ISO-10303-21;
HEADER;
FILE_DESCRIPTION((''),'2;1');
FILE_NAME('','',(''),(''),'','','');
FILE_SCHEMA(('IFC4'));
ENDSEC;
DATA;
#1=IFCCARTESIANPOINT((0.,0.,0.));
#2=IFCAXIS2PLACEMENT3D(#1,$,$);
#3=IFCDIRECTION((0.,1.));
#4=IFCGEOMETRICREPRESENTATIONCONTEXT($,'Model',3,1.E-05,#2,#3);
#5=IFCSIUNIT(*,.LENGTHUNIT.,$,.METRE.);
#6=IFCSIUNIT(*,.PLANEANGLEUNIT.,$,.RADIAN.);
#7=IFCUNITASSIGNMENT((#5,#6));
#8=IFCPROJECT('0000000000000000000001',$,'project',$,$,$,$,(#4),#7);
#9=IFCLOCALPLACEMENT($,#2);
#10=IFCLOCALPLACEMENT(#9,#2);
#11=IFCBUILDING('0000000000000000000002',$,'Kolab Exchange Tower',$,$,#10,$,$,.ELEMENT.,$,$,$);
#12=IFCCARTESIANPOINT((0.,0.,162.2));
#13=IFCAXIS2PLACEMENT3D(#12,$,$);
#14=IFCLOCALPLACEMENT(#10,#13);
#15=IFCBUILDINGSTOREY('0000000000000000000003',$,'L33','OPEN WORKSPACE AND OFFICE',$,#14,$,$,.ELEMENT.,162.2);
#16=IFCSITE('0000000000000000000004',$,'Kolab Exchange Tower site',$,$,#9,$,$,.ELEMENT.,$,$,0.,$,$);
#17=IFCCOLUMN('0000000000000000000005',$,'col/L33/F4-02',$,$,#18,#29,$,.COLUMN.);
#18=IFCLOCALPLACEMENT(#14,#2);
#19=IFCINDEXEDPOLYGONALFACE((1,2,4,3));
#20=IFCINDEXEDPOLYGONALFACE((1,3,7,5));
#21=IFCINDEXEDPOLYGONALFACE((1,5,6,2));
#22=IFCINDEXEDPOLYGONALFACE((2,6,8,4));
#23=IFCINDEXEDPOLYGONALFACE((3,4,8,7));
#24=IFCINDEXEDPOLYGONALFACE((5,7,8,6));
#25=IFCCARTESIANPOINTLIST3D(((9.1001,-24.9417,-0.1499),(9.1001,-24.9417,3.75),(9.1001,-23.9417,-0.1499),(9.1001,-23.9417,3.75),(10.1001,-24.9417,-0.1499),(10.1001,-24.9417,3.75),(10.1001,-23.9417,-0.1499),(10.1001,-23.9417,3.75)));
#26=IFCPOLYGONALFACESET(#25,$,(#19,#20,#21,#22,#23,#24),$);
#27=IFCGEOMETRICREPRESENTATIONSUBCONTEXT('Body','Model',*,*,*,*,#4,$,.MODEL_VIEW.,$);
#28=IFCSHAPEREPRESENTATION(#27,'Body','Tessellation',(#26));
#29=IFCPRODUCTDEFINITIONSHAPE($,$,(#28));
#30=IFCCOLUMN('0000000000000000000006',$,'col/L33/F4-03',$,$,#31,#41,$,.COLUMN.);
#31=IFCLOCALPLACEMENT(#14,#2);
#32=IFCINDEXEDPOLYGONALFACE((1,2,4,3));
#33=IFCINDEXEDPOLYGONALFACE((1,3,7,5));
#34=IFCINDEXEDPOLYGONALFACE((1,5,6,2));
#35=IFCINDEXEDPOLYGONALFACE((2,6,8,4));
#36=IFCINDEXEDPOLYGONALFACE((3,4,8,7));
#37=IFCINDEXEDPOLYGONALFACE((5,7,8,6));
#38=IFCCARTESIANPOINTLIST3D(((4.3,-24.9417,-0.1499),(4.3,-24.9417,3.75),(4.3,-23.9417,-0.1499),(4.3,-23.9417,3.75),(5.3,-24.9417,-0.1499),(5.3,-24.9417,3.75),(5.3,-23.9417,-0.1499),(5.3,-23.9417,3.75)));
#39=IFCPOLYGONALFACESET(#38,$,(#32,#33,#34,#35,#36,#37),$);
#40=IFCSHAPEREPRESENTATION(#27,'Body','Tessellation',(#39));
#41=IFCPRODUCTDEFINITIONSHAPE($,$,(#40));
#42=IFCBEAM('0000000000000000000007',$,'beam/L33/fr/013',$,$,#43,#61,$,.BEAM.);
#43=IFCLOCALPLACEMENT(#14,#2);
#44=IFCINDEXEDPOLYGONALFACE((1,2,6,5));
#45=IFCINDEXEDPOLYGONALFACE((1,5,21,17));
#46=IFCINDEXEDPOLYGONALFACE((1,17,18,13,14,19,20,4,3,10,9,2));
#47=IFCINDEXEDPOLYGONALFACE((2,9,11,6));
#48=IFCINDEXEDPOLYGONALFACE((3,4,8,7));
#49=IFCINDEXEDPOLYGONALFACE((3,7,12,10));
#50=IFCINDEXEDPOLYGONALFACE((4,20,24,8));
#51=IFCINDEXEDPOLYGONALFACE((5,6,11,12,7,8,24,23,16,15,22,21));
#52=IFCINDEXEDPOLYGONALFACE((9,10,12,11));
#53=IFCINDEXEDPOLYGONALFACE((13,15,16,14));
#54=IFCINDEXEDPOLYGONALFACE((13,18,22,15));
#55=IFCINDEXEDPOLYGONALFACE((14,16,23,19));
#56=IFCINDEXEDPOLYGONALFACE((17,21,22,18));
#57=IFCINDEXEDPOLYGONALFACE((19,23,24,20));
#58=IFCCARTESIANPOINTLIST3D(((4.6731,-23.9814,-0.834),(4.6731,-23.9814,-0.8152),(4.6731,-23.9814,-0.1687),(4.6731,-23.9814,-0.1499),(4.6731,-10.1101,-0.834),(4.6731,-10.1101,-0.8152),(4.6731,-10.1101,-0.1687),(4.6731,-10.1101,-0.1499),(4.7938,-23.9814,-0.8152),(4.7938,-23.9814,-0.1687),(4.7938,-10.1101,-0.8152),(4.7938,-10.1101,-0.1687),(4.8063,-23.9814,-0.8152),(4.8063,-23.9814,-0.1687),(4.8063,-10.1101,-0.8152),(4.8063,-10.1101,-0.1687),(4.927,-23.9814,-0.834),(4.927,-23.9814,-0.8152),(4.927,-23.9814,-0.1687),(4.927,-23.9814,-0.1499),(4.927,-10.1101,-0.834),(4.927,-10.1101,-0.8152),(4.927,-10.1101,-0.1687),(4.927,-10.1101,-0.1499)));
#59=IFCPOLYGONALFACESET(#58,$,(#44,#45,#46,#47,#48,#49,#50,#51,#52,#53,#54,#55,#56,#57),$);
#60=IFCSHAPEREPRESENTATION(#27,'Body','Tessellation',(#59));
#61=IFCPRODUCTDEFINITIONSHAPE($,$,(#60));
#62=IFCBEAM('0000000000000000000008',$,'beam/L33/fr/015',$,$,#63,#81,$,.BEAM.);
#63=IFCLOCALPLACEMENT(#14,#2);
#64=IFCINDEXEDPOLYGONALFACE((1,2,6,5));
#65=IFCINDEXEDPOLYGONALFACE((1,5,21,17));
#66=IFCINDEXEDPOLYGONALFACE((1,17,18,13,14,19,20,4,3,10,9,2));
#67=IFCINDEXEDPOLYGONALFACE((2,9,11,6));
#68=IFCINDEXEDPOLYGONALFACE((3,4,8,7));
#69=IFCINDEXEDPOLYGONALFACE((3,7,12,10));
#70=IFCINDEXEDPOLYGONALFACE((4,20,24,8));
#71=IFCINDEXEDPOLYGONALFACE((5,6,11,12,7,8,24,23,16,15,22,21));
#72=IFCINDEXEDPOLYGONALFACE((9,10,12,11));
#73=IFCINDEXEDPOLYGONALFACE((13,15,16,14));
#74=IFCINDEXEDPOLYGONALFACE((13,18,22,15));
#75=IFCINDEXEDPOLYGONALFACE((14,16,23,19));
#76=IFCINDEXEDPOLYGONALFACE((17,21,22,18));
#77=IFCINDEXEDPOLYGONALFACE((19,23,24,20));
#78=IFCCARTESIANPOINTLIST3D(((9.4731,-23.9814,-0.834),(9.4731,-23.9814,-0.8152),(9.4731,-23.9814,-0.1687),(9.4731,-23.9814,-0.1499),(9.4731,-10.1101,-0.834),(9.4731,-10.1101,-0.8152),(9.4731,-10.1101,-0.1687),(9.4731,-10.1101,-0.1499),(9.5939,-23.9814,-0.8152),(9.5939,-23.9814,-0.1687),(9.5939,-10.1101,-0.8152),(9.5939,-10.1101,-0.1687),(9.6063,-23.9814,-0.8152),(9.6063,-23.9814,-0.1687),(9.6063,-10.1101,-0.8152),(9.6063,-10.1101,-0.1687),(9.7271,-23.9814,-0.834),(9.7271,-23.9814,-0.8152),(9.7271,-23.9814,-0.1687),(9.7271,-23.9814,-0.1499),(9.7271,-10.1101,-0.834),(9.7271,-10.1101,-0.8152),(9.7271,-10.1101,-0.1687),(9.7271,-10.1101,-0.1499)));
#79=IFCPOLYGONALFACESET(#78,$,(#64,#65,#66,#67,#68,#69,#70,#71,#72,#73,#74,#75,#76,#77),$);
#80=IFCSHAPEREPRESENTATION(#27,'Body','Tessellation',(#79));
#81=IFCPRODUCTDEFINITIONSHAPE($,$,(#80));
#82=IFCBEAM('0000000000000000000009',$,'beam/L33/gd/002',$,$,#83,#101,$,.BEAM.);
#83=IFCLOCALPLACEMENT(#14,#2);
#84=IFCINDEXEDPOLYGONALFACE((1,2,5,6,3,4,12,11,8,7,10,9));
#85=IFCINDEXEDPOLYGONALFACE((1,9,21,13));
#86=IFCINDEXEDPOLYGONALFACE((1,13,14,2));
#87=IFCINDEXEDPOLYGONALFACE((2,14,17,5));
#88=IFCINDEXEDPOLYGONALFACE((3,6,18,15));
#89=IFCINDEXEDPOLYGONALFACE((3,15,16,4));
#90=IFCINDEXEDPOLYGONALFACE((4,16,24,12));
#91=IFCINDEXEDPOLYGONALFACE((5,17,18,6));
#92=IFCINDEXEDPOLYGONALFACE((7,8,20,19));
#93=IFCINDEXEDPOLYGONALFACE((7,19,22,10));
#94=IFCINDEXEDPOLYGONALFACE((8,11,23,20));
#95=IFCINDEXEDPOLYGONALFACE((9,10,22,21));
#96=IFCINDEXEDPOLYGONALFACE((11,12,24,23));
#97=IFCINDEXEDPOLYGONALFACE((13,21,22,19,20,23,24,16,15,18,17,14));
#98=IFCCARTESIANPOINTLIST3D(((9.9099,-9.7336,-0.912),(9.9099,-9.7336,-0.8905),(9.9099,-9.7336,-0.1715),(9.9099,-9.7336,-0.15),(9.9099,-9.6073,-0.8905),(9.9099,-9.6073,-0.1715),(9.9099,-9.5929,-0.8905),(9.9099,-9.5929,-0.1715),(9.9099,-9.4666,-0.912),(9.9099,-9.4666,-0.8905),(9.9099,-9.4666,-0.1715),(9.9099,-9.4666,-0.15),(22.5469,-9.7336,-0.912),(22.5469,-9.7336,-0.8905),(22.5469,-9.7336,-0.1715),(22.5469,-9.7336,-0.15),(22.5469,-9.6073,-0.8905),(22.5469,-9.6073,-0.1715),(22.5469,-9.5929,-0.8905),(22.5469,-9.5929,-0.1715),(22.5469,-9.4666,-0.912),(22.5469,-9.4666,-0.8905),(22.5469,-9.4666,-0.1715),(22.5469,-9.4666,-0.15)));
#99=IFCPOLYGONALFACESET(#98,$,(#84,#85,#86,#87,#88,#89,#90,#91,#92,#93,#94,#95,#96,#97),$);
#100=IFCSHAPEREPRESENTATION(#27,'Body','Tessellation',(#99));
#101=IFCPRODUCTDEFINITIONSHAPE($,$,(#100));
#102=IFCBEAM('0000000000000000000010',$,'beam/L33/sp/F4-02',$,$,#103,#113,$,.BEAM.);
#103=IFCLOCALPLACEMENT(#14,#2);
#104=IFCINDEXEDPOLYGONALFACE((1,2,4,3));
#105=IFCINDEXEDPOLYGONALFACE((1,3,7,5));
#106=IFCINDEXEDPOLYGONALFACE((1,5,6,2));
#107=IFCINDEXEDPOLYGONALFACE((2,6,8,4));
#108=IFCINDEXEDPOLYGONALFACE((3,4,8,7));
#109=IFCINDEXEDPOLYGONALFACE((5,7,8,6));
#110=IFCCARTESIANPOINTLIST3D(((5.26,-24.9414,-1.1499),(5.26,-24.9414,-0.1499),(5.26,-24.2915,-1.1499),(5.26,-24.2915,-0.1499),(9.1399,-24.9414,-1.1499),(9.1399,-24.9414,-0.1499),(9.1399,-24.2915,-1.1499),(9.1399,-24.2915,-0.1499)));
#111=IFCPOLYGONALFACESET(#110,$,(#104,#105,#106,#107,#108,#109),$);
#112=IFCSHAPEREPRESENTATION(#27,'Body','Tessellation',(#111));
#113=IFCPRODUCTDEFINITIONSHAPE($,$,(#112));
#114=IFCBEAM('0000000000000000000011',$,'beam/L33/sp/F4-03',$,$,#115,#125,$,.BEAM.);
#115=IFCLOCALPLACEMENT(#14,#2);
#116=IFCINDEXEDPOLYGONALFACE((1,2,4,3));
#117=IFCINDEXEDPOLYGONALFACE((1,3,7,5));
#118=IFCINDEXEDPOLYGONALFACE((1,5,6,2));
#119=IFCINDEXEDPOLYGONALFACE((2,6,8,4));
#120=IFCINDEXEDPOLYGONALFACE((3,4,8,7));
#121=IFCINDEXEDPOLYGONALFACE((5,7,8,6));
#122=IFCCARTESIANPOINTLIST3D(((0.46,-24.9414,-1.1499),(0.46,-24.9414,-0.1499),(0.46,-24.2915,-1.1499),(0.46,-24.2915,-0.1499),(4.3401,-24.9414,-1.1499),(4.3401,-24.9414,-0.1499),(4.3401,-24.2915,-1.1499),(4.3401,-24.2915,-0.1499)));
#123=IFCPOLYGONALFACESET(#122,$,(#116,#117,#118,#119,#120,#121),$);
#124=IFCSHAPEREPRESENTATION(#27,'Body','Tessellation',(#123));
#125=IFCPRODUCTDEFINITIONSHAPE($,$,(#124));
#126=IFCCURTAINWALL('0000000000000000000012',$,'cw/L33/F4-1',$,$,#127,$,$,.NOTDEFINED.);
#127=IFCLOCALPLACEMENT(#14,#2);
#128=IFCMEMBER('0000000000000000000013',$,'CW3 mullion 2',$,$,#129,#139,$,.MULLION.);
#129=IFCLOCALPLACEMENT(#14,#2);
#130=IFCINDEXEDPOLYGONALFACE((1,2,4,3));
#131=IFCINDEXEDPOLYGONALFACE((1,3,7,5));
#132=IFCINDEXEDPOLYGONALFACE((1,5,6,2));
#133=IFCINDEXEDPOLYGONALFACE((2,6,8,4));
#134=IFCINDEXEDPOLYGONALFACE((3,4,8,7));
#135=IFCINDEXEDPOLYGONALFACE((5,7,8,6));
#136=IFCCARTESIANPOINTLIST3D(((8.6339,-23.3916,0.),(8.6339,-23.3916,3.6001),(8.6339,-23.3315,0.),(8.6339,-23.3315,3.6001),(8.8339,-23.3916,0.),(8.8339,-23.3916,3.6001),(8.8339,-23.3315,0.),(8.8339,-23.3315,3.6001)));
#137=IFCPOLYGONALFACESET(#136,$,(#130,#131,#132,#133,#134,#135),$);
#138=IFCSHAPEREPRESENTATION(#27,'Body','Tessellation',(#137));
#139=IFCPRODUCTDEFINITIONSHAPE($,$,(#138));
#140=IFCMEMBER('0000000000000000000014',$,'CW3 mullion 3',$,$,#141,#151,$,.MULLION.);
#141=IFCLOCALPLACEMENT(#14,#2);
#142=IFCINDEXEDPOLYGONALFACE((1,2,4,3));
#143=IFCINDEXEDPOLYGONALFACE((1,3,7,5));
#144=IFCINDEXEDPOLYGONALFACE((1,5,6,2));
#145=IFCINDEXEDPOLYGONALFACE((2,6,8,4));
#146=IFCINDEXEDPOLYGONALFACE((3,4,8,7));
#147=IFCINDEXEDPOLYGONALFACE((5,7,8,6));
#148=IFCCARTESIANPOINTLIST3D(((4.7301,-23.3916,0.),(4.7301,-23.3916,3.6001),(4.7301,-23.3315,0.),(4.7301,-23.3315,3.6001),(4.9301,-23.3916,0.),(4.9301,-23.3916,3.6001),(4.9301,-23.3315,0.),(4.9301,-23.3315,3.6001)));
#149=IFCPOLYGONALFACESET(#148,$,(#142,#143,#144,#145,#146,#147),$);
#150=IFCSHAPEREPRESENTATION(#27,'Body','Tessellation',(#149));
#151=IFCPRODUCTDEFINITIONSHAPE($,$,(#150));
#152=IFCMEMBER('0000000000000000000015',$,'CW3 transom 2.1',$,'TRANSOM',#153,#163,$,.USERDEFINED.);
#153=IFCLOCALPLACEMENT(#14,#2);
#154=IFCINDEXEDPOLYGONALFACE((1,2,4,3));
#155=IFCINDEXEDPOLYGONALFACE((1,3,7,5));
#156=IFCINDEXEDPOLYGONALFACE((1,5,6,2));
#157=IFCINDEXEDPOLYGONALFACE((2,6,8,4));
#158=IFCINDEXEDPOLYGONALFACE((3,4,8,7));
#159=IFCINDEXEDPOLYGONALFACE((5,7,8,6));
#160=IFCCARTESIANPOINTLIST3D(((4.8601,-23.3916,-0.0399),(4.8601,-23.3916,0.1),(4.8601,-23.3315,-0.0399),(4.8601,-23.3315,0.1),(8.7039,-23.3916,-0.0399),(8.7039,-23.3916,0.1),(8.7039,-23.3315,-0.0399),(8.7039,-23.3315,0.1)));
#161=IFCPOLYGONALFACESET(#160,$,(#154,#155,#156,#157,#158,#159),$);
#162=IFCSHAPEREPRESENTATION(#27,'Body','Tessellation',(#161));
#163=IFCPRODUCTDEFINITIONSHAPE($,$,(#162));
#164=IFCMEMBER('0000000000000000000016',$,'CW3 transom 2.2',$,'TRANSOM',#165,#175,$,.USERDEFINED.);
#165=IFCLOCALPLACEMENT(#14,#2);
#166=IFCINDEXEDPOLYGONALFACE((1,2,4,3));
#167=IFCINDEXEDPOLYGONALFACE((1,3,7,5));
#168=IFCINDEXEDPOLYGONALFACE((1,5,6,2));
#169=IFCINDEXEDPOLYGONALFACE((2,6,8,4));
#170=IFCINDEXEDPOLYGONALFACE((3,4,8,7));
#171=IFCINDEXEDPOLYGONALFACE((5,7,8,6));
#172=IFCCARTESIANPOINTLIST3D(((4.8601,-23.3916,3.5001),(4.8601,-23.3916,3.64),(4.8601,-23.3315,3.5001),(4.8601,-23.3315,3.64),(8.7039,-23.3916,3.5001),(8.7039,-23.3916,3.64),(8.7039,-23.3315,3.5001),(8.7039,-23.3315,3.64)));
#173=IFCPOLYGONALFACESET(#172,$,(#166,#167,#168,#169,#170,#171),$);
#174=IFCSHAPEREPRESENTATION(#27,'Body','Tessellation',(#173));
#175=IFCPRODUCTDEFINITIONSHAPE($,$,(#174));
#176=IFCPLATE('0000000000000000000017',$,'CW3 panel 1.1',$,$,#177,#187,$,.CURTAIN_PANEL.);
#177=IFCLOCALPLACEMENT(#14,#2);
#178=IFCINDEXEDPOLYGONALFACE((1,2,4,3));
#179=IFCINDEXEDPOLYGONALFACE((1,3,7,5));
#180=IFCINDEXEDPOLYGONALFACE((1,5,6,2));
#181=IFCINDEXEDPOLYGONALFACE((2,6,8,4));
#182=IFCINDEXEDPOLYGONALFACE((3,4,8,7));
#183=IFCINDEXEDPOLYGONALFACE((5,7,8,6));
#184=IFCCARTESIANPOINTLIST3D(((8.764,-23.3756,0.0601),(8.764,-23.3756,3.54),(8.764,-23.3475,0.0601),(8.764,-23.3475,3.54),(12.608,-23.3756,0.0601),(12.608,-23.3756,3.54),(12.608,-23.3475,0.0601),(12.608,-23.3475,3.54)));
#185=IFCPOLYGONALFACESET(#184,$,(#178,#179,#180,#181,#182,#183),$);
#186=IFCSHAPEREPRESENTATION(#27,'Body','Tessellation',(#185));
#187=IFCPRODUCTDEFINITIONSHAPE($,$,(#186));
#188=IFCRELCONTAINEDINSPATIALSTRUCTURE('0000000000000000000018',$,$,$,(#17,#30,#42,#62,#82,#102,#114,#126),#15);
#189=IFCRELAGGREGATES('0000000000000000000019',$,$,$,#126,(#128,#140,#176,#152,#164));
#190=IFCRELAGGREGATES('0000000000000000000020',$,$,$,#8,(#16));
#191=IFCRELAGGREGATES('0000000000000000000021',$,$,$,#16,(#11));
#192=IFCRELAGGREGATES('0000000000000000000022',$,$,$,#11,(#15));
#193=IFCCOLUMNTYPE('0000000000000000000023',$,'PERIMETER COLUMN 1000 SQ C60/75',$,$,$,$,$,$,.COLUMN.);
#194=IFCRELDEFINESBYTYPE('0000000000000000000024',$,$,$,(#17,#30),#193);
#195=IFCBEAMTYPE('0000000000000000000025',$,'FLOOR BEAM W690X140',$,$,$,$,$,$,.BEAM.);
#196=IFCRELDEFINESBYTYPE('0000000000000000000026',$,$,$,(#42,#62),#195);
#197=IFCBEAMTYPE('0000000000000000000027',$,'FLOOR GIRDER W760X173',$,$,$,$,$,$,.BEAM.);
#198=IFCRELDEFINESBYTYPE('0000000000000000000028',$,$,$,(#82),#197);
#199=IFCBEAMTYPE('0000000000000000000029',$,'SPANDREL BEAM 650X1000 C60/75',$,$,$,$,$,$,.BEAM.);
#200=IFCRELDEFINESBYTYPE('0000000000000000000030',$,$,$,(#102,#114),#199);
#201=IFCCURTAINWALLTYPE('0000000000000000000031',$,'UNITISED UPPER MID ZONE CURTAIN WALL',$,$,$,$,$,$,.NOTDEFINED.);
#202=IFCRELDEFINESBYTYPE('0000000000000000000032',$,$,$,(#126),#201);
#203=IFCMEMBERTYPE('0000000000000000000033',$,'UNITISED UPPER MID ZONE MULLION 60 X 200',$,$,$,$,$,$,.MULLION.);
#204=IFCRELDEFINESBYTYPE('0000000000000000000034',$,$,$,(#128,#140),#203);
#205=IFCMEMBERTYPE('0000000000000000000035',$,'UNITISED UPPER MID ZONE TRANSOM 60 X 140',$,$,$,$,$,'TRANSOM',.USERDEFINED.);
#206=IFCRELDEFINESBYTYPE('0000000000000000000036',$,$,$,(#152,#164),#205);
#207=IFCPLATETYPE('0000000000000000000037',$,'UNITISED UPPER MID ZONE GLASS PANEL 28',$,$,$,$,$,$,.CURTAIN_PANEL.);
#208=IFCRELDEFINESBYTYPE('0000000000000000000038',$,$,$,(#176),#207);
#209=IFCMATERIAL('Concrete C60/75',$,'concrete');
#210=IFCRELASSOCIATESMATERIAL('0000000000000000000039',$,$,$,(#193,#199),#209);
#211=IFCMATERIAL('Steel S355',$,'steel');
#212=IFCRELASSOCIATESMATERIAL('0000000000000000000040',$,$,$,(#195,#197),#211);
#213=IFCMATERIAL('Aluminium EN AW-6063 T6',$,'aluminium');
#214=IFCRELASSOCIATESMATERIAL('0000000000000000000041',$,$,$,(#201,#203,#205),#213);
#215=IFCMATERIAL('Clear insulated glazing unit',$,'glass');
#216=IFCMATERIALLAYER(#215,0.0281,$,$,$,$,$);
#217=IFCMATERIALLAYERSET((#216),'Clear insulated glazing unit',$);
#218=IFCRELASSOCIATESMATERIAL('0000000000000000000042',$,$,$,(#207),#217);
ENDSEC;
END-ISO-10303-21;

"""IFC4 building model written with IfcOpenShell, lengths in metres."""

from ifc_helpers import new_model, si_unit, direction, frame, origin, origin_2d, place, context, subcontext, project, spatial, rectangle, i_section, extrude, material, layer, layer_set, material_profile, profile_set, type_object, element, aggregate, save


model = new_model("IFC4")

# Units and contexts
model_context = context("Model", 3, precision=1e-05, world=origin(), true_north=direction((0.0, 1.0)))
body_context = subcontext(model_context, "Body", "Model", "MODEL_VIEW")
ifc_project = project(units=[si_unit("LENGTHUNIT", "METRE"), si_unit("PLANEANGLEUNIT", "RADIAN")], contexts=[model_context])

# Site, building, storey
site_placement = place(None, origin())
site = spatial("IfcSite", under=ifc_project, at=site_placement, Name="Kolab Exchange Tower site", CompositionType="ELEMENT", RefElevation=0.0)
building_placement = place(site_placement, origin())
building = spatial("IfcBuilding", under=site, at=building_placement, Name="Kolab Exchange Tower", CompositionType="ELEMENT")
storey_placement = place(building_placement, frame((0.0, 0.0, 162.2)))
storey = spatial("IfcBuildingStorey", under=building, at=storey_placement, Name="L33", Description="OPEN WORKSPACE AND OFFICE", CompositionType="ELEMENT", Elevation=162.2)

# Columns
ifc_material_1 = material(Name="Concrete C60/75", Category="concrete")
ifc_material_profile_1 = material_profile(ifc_material_1, rectangle(XDim=1.0, YDim=1.0, at=origin_2d()), Name="RC1000")
ifc_profile_set_1 = profile_set([ifc_material_profile_1], Name="Concrete C60/75")
column_type = type_object("IfcColumnType", Name="PERIMETER COLUMN 1000 SQ C60/75", PredefinedType="COLUMN", material=ifc_profile_set_1)
for number, where, z_axis, x_axis, name in (
    (1, (9.6001, -24.4417, -0.1499), (0.0, 0.0, 1.0), (1.0, 0.0, 0.0), "col/L33/F4-02"),
    (2, (4.8, -24.4417, -0.1499), (0.0, 0.0, 1.0), (1.0, 0.0, 0.0), "col/L33/F4-03"),
):
    element("IfcColumn", number, at=place(storey_placement, frame(where, z_axis=z_axis, x_axis=x_axis)), inside=storey, type_object=column_type, Name=name, PredefinedType="COLUMN", context=body_context, shape_type="SweptSolid", body=[
        extrude(rectangle(XDim=1.0, YDim=1.0, at=origin_2d()), origin(), (0.0, 0.0, 1.0), 3.8999),
    ])

# Beams
ifc_material_2 = material(Name="Steel S355", Category="steel")
ifc_material_profile_2 = material_profile(ifc_material_2, i_section(OverallWidth=0.2539, OverallDepth=0.6841, WebThickness=0.0125, FlangeThickness=0.0188, at=origin_2d()), Name="W690X140")
ifc_profile_set_2 = profile_set([ifc_material_profile_2], Name="Steel S355")
beam_type_1 = type_object("IfcBeamType", Name="FLOOR BEAM W690X140", PredefinedType="BEAM", material=ifc_profile_set_2)
for number, where, z_axis, x_axis, name in (
    (3, (4.8, -23.9814, -0.4919), (0.0, 1.0, 0.0), (-1.0, 0.0, 0.0), "beam/L33/fr/013"),
    (4, (9.6001, -23.9814, -0.4919), (0.0, 1.0, 0.0), (-1.0, 0.0, 0.0), "beam/L33/fr/015"),
):
    element("IfcBeam", number, at=place(storey_placement, frame(where, z_axis=z_axis, x_axis=x_axis)), inside=storey, type_object=beam_type_1, Name=name, PredefinedType="BEAM", context=body_context, shape_type="SweptSolid", body=[
        extrude(i_section(OverallWidth=0.2539, OverallDepth=0.6841, WebThickness=0.0125, FlangeThickness=0.0188, at=origin_2d()), origin(), (0.0, 0.0, 1.0), 13.8713),
    ])
ifc_material_profile_3 = material_profile(ifc_material_2, i_section(OverallWidth=0.2671, OverallDepth=0.762, WebThickness=0.0144, FlangeThickness=0.0215, at=origin_2d()), Name="W760X173")
ifc_profile_set_3 = profile_set([ifc_material_profile_3], Name="Steel S355")
beam_type_2 = type_object("IfcBeamType", Name="FLOOR GIRDER W760X173", PredefinedType="BEAM", material=ifc_profile_set_3)
beam_1_placement = place(storey_placement, frame((9.9099, -9.6001, -0.531), z_axis=(1.0, 0.0, 0.0), x_axis=(0.0, 1.0, 0.0)))
element("IfcBeam", 5, at=beam_1_placement, inside=storey, type_object=beam_type_2, Name="beam/L33/gd/002", PredefinedType="BEAM", context=body_context, shape_type="SweptSolid", body=[
    extrude(i_section(OverallWidth=0.2671, OverallDepth=0.762, WebThickness=0.0144, FlangeThickness=0.0215, at=origin_2d()), origin(), (0.0, 0.0, 1.0), 12.637),
])
ifc_material_profile_4 = material_profile(ifc_material_1, rectangle(XDim=0.6499, YDim=1.0, at=origin_2d()), Name="RC650X1000")
ifc_profile_set_4 = profile_set([ifc_material_profile_4], Name="Concrete C60/75")
beam_type_3 = type_object("IfcBeamType", Name="SPANDREL BEAM 650X1000 C60/75", PredefinedType="BEAM", material=ifc_profile_set_4)
beam_2_placement = place(storey_placement, frame((9.1399, -24.6165, -0.6499), z_axis=(-1.0, 0.0, 0.0), x_axis=(0.0, -1.0, 0.0)))
element("IfcBeam", 6, at=beam_2_placement, inside=storey, type_object=beam_type_3, Name="beam/L33/sp/F4-02", PredefinedType="BEAM", context=body_context, shape_type="SweptSolid", body=[
    extrude(rectangle(XDim=0.6499, YDim=1.0, at=origin_2d()), origin(), (0.0, 0.0, 1.0), 3.8799),
])
beam_3_placement = place(storey_placement, frame((4.3401, -24.6165, -0.6499), z_axis=(-1.0, 0.0, 0.0), x_axis=(0.0, -1.0, 0.0)))
element("IfcBeam", 7, at=beam_3_placement, inside=storey, type_object=beam_type_3, Name="beam/L33/sp/F4-03", PredefinedType="BEAM", context=body_context, shape_type="SweptSolid", body=[
    extrude(rectangle(XDim=0.6499, YDim=1.0, at=origin_2d()), origin(), (0.0, 0.0, 1.0), 3.8801),
])

# Curtain wall, members, plate
ifc_material_3 = material(Name="Aluminium EN AW-6063 T6", Category="aluminium")
curtain_wall_type = type_object("IfcCurtainWallType", Name="UNITISED UPPER MID ZONE CURTAIN WALL", PredefinedType="NOTDEFINED", material=ifc_material_3)
curtain_wall_placement = place(storey_placement, origin())
curtain_wall = element("IfcCurtainWall", 8, at=curtain_wall_placement, inside=storey, type_object=curtain_wall_type, Name="cw/L33/F4-1", PredefinedType="NOTDEFINED")
ifc_material_profile_5 = material_profile(ifc_material_3, rectangle(XDim=0.0601, YDim=0.2, at=origin_2d()), Name="RECT 60X200")
ifc_profile_set_5 = profile_set([ifc_material_profile_5], Name="Aluminium EN AW-6063 T6")
member_type_1 = type_object("IfcMemberType", Name="UNITISED UPPER MID ZONE MULLION 60 X 200", PredefinedType="MULLION", material=ifc_profile_set_5)
member_1_placement = place(storey_placement, frame((8.7339, -23.3616, 0.0), z_axis=(0.0, 0.0, 1.0), x_axis=(0.0, -1.0, 0.0)))
member_1 = element("IfcMember", 9, at=member_1_placement, type_object=member_type_1, Name="CW3 mullion 2", PredefinedType="MULLION", context=body_context, shape_type="SweptSolid", body=[
    extrude(rectangle(XDim=0.0601, YDim=0.2, at=origin_2d()), origin(), (0.0, 0.0, 1.0), 3.6001),
])
member_2_placement = place(storey_placement, frame((4.8301, -23.3616, 0.0), z_axis=(0.0, 0.0, 1.0), x_axis=(0.0, -1.0, 0.0)))
member_2 = element("IfcMember", 10, at=member_2_placement, type_object=member_type_1, Name="CW3 mullion 3", PredefinedType="MULLION", context=body_context, shape_type="SweptSolid", body=[
    extrude(rectangle(XDim=0.0601, YDim=0.2, at=origin_2d()), origin(), (0.0, 0.0, 1.0), 3.6001),
])
ifc_material_profile_6 = material_profile(ifc_material_3, rectangle(XDim=0.0601, YDim=0.1399, at=origin_2d()), Name="RECT 60X140")
ifc_profile_set_6 = profile_set([ifc_material_profile_6], Name="Aluminium EN AW-6063 T6")
member_type_2 = type_object("IfcMemberType", Name="UNITISED UPPER MID ZONE TRANSOM 60 X 140", ElementType="TRANSOM", PredefinedType="USERDEFINED", material=ifc_profile_set_6)
member_3_placement = place(storey_placement, frame((8.7039, -23.3616, 0.03), z_axis=(-1.0, 0.0, 0.0), x_axis=(0.0, -1.0, 0.0)))
member_3 = element("IfcMember", 11, at=member_3_placement, type_object=member_type_2, Name="CW3 transom 2.1", ObjectType="TRANSOM", PredefinedType="USERDEFINED", context=body_context, shape_type="SweptSolid", body=[
    extrude(rectangle(XDim=0.0601, YDim=0.1399, at=origin_2d()), origin(), (0.0, 0.0, 1.0), 3.8438),
])
member_4_placement = place(storey_placement, frame((8.7039, -23.3616, 3.5701), z_axis=(-1.0, 0.0, 0.0), x_axis=(0.0, -1.0, 0.0)))
member_4 = element("IfcMember", 12, at=member_4_placement, type_object=member_type_2, Name="CW3 transom 2.2", ObjectType="TRANSOM", PredefinedType="USERDEFINED", context=body_context, shape_type="SweptSolid", body=[
    extrude(rectangle(XDim=0.0601, YDim=0.1399, at=origin_2d()), origin(), (0.0, 0.0, 1.0), 3.8438),
])
ifc_material_4 = material(Name="Clear insulated glazing unit", Category="glass")
ifc_layer_1 = layer(ifc_material_4, 0.0281)
ifc_layer_set_1 = layer_set([ifc_layer_1], Name="Clear insulated glazing unit")
plate_type = type_object("IfcPlateType", Name="UNITISED UPPER MID ZONE GLASS PANEL 28", PredefinedType="CURTAIN_PANEL", material=ifc_layer_set_1)
plate_1_placement = place(storey_placement, frame((10.686, -23.3616, 0.0601), z_axis=(0.0, 0.0, 1.0), x_axis=(-1.0, 0.0, 0.0)))
plate_1 = element("IfcPlate", 13, at=plate_1_placement, type_object=plate_type, Name="CW3 panel 1.1", PredefinedType="CURTAIN_PANEL", context=body_context, shape_type="SweptSolid", body=[
    extrude(rectangle(XDim=3.844, YDim=0.0281, at=origin_2d()), origin(), (0.0, 0.0, 1.0), 3.48),
])
aggregate(curtain_wall, [member_1, member_2, plate_1, member_3, member_4])

save(model, "model.ifc")
